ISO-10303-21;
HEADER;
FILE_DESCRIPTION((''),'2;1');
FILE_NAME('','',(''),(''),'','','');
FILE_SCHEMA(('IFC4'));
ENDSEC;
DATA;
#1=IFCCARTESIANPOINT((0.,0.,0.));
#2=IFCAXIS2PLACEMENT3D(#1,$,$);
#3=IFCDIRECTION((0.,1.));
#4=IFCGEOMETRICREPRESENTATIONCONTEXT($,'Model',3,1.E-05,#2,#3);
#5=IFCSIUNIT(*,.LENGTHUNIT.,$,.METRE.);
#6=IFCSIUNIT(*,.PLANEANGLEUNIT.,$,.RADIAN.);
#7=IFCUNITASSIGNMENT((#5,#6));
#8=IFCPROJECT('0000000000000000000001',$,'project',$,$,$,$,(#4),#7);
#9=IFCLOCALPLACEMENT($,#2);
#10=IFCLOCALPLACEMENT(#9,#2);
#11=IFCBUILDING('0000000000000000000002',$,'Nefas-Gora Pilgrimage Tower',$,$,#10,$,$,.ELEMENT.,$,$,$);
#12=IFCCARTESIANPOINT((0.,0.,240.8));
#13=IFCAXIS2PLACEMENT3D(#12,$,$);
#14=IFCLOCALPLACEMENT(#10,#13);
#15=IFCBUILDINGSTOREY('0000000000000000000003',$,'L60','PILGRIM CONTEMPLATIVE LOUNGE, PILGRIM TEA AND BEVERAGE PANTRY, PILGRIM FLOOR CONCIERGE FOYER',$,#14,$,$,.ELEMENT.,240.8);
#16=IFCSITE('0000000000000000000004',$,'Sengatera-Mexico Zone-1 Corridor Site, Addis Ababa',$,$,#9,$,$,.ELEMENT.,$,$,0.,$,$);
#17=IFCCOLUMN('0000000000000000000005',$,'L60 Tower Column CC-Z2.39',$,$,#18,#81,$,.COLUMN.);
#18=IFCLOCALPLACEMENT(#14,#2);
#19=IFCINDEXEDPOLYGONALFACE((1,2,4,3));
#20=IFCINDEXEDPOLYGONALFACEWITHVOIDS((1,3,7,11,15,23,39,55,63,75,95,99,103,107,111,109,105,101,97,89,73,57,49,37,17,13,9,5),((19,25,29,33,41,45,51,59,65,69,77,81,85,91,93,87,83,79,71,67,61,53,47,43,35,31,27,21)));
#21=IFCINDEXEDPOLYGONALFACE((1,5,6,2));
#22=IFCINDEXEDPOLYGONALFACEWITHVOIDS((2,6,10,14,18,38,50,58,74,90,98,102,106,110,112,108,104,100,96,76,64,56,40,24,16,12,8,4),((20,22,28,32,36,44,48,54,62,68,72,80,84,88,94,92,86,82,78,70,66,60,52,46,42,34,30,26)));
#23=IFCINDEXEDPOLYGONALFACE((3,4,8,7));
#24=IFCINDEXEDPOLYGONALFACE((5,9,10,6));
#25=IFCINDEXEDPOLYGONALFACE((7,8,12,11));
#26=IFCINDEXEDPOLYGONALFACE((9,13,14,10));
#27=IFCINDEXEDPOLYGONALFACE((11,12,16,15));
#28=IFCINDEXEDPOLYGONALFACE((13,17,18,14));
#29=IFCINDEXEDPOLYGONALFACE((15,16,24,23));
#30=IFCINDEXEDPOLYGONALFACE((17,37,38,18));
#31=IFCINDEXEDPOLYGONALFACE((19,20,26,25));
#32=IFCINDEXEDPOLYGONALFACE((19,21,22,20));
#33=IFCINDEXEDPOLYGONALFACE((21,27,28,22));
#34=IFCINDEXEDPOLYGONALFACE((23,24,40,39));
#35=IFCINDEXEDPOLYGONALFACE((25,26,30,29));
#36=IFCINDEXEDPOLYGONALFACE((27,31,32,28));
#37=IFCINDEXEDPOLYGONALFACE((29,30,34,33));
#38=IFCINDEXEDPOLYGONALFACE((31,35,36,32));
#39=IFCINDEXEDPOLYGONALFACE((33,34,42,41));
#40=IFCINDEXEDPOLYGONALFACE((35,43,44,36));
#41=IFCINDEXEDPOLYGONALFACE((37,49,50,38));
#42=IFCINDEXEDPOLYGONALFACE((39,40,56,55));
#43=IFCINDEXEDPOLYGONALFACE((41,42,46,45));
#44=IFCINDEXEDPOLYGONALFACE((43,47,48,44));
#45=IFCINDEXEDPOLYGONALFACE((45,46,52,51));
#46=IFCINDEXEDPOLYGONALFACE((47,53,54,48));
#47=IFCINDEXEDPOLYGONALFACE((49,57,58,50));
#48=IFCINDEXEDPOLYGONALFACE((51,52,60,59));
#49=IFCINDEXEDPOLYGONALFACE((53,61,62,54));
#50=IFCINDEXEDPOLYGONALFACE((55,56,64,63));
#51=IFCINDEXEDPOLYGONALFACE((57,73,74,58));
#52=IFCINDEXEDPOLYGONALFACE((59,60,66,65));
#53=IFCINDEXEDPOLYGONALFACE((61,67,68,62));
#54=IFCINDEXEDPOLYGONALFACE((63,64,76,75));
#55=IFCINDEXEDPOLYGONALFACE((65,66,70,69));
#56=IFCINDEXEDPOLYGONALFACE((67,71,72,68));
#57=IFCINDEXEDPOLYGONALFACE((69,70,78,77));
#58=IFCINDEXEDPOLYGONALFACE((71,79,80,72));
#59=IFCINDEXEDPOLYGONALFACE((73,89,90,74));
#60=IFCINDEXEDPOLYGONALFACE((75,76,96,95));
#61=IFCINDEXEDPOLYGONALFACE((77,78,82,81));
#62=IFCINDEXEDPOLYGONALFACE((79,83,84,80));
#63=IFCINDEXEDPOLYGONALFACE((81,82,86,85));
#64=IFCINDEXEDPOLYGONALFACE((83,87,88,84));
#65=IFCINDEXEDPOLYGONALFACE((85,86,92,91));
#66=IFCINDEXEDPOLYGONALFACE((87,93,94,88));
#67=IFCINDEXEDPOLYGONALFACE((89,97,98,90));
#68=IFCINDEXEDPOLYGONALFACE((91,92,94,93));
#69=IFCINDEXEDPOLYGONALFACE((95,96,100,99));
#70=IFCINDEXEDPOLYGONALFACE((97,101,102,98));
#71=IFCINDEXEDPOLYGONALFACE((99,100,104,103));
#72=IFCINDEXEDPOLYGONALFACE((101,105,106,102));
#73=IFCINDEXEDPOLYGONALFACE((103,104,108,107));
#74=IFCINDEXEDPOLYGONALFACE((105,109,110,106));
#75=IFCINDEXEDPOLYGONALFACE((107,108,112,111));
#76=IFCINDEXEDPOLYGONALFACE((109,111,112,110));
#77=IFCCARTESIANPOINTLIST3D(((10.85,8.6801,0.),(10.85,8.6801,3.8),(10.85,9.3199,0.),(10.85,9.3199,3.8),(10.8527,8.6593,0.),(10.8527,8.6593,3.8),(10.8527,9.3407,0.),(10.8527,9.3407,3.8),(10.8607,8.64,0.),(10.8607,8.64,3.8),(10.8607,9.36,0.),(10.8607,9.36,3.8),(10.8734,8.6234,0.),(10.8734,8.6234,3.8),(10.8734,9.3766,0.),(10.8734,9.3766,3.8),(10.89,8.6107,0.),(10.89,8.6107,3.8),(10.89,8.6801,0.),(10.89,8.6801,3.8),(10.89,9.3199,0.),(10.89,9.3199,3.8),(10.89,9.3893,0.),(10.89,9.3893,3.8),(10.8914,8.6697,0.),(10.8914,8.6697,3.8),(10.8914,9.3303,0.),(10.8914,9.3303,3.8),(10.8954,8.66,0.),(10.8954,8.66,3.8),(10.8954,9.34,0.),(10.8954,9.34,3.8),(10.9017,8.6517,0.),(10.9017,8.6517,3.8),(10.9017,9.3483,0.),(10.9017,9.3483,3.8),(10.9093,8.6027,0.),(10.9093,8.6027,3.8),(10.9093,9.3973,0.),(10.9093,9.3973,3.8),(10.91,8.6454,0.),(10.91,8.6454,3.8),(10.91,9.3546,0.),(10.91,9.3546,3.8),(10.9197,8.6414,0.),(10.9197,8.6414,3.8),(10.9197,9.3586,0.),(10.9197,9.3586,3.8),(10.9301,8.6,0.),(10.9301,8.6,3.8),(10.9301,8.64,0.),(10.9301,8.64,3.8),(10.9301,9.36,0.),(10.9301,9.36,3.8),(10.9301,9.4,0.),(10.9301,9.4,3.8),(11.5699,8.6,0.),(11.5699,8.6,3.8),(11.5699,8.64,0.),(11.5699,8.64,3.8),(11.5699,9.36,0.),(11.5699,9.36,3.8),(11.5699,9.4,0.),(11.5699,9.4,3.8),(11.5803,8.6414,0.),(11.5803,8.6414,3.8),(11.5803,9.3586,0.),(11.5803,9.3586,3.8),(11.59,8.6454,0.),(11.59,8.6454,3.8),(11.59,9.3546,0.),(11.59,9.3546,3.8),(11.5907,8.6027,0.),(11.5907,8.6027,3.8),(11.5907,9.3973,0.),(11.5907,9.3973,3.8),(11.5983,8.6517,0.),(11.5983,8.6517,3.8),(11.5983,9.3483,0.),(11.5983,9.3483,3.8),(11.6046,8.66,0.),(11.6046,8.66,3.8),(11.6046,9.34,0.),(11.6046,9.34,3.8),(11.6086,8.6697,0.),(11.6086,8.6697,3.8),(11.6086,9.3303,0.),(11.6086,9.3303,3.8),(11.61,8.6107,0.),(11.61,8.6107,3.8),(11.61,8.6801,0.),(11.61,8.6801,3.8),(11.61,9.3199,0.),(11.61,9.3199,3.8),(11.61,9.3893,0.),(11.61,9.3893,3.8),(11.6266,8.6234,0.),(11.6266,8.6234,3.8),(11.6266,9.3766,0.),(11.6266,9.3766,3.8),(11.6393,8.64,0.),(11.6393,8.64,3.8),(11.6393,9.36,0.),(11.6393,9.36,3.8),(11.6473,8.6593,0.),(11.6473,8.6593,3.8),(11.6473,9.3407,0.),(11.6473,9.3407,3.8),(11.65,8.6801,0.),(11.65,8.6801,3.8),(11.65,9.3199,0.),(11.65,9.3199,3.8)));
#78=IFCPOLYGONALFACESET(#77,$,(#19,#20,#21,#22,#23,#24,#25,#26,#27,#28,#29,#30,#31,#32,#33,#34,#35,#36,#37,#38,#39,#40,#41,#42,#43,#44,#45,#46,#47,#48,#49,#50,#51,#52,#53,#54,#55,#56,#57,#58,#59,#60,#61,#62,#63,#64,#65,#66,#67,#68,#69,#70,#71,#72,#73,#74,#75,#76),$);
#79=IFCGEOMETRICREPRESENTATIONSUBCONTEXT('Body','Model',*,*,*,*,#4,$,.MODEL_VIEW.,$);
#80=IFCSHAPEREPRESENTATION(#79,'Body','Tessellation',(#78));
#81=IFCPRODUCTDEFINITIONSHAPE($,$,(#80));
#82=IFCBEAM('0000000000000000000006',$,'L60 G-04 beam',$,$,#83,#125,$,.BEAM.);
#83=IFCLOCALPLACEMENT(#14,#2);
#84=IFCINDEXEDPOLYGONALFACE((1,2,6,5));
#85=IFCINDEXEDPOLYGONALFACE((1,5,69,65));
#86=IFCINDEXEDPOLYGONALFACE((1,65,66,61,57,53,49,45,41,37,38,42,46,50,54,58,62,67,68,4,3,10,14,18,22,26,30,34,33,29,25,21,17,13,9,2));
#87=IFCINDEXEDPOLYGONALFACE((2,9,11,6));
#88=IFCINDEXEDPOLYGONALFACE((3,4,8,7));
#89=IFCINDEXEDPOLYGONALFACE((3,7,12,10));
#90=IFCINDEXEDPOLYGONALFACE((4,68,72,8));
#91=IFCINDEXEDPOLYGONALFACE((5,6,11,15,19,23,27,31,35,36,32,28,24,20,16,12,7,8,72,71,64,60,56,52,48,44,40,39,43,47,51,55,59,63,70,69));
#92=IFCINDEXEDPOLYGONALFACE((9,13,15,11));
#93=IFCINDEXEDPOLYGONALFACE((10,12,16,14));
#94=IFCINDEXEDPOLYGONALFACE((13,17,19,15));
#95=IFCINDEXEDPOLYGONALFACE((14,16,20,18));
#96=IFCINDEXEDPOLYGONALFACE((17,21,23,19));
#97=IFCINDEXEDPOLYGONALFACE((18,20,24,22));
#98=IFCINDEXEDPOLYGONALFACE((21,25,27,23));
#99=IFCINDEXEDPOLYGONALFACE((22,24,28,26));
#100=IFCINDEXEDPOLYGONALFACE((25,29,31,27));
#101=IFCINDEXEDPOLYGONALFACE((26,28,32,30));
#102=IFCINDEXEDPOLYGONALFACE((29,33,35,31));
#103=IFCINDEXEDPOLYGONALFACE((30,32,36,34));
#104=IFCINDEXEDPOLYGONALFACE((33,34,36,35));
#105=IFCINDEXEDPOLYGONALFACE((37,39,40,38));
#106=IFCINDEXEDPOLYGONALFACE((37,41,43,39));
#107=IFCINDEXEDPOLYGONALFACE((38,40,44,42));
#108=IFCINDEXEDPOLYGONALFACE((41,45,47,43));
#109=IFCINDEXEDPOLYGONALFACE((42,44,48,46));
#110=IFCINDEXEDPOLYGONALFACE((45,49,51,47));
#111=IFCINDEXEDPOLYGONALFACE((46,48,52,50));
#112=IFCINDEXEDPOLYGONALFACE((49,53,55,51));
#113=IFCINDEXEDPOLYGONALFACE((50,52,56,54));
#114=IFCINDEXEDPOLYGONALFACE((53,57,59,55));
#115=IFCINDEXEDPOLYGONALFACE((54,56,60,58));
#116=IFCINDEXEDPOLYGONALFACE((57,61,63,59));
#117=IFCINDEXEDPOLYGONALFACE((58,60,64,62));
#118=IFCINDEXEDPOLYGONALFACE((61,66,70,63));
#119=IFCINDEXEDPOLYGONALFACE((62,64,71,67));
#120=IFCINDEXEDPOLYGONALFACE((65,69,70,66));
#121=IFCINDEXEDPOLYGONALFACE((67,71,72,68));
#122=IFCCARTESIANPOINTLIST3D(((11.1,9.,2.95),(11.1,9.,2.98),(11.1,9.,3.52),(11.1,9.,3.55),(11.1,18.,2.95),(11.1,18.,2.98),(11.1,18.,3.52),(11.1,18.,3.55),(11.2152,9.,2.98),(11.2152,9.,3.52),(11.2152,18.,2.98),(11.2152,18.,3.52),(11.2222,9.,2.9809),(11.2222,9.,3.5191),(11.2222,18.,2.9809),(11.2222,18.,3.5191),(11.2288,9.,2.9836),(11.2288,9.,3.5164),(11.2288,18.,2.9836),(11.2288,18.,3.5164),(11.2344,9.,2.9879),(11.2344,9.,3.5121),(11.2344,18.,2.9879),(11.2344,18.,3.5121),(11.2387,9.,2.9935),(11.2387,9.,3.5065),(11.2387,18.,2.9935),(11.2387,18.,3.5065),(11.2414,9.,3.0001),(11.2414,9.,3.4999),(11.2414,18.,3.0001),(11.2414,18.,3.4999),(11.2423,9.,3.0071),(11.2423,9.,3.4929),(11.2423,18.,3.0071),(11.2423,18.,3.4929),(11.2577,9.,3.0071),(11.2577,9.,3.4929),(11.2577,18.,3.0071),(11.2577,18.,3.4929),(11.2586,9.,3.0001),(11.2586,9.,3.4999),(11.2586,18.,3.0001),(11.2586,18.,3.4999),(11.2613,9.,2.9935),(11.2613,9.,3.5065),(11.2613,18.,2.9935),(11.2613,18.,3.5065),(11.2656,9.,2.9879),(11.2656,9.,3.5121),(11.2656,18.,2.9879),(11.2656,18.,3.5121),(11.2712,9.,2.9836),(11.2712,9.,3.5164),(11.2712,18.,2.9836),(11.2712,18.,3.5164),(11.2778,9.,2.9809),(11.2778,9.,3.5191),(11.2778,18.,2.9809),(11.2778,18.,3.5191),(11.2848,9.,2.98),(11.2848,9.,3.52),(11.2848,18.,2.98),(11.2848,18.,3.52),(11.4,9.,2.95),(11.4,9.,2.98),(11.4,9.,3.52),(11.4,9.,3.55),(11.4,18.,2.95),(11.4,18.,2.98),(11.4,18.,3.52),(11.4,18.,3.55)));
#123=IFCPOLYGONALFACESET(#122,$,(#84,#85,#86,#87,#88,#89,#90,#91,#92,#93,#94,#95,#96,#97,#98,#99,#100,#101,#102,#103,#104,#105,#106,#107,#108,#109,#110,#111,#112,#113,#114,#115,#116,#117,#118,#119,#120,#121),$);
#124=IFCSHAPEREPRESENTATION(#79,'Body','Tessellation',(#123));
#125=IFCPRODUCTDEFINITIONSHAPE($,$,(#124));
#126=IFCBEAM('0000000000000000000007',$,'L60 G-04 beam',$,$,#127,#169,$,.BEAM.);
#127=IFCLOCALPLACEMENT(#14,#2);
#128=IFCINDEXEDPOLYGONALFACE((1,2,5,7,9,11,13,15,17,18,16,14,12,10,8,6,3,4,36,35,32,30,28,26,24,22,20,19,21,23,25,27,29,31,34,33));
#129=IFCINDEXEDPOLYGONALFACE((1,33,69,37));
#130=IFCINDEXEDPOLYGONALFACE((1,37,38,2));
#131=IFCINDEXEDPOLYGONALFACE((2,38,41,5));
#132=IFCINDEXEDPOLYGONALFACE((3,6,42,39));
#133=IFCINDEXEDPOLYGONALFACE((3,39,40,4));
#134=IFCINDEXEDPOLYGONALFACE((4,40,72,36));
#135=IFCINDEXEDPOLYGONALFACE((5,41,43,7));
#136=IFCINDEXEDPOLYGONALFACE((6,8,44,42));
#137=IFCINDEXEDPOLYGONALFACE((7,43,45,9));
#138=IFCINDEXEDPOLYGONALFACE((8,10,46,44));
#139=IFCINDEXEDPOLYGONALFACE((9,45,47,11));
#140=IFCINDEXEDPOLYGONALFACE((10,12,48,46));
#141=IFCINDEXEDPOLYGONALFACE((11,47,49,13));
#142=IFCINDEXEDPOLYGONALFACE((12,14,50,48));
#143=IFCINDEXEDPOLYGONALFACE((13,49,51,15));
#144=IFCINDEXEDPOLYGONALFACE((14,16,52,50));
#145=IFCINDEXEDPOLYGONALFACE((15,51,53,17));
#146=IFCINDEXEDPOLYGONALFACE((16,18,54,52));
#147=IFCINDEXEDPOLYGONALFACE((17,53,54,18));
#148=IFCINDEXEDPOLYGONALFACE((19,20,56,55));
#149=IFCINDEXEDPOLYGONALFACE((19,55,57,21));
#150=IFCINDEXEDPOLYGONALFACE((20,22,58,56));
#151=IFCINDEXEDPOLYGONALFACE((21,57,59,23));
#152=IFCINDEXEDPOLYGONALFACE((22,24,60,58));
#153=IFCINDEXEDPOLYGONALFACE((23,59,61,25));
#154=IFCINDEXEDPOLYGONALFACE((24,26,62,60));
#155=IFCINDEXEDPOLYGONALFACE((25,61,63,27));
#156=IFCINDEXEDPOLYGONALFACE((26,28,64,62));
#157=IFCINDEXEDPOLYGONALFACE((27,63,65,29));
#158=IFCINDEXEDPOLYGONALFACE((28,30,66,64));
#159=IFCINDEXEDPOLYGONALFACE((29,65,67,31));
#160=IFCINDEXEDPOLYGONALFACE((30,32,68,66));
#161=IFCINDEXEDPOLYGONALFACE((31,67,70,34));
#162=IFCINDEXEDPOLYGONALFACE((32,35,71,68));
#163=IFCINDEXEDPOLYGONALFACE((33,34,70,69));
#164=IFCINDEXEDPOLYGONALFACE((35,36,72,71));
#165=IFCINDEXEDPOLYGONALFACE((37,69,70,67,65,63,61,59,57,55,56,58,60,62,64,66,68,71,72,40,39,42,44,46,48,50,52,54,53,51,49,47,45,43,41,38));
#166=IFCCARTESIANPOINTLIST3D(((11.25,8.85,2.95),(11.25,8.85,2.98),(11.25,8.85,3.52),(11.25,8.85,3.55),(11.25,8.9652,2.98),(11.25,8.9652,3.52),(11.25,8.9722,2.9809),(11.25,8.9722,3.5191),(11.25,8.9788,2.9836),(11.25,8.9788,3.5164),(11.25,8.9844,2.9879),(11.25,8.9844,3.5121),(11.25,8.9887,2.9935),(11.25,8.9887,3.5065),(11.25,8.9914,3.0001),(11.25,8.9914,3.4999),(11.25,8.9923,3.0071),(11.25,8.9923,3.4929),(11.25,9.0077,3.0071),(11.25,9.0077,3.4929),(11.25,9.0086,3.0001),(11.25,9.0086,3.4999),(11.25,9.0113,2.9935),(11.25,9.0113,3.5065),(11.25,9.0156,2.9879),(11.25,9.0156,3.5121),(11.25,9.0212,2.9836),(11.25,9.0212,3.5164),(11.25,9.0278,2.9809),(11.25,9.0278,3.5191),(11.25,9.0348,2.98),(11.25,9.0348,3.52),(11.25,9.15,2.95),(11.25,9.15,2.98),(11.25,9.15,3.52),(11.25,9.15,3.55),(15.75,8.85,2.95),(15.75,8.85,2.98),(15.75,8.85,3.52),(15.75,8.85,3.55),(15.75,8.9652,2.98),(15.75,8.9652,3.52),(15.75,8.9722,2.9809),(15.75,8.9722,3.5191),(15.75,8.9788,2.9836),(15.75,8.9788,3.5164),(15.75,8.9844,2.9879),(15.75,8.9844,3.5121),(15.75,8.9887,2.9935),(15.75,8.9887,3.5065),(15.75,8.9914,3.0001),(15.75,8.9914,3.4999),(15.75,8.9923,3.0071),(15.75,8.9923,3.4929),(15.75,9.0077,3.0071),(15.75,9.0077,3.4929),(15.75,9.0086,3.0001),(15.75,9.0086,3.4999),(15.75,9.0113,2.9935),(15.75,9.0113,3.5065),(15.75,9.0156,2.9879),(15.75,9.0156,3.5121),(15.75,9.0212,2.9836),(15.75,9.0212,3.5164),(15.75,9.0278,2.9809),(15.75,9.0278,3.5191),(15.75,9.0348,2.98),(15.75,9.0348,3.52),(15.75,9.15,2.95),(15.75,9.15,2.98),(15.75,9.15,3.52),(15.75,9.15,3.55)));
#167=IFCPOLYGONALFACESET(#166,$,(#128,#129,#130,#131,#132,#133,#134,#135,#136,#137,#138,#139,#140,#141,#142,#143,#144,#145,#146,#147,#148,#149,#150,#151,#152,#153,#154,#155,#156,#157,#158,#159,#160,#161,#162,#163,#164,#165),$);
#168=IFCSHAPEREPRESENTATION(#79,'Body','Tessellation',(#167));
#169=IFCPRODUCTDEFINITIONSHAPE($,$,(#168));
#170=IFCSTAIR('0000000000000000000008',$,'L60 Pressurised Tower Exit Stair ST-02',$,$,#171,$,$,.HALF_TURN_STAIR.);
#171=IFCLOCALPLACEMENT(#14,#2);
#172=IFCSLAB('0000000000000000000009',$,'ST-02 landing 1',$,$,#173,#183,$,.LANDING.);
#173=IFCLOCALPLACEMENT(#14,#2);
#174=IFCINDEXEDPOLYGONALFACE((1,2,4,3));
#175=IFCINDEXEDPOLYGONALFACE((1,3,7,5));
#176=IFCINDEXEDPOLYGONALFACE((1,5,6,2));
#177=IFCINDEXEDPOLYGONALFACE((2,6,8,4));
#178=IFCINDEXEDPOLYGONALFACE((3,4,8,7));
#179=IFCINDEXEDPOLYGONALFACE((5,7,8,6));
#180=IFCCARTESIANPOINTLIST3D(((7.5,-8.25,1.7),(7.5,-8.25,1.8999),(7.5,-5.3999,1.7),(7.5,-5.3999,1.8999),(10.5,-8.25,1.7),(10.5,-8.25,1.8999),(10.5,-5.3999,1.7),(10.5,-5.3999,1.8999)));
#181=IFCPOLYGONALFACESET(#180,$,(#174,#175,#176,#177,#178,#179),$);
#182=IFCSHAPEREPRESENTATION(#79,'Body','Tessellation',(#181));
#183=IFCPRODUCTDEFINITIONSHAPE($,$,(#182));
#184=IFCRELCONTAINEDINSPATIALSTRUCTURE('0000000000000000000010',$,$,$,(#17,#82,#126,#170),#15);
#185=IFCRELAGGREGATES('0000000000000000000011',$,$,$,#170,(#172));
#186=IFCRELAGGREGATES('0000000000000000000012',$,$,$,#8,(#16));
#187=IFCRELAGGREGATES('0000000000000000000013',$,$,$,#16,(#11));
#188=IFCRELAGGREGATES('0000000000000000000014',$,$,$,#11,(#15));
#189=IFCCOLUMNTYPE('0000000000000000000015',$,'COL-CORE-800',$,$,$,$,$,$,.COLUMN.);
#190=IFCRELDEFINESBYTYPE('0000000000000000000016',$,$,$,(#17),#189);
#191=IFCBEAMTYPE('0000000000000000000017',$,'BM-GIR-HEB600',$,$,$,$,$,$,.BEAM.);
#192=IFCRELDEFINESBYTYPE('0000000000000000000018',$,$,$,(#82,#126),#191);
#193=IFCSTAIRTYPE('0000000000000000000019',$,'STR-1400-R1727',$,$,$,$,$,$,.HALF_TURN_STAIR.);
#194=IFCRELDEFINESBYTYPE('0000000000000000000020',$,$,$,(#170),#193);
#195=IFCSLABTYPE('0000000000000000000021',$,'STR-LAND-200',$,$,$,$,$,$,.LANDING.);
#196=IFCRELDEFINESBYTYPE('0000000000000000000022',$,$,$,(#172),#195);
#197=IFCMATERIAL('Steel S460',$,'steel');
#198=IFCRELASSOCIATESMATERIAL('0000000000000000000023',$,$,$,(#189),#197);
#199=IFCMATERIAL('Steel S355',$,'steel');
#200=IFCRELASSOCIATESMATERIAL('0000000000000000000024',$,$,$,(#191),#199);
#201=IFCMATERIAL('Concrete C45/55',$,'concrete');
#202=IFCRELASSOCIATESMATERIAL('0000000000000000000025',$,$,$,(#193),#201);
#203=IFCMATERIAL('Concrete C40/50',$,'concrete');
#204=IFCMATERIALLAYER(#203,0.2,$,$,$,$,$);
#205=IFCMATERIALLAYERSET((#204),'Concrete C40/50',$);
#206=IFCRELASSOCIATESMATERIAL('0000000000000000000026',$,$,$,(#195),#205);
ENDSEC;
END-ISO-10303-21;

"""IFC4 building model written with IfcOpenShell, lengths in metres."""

from ifc_helpers import new_model, si_unit, direction, frame, origin, origin_2d, place, context, subcontext, project, spatial, polyline, hollow_rectangle, i_section, outline, extrude, source, transform, mapped, material, layer, layer_set, material_profile, profile_set, type_object, element, aggregate, save


model = new_model("IFC4")

# Units and contexts
model_context = context("Model", 3, precision=1e-05, world=origin(), true_north=direction((0.0, 1.0)))
body_context = subcontext(model_context, "Body", "Model", "MODEL_VIEW")
ifc_project = project(units=[si_unit("LENGTHUNIT", "METRE"), si_unit("PLANEANGLEUNIT", "RADIAN")], contexts=[model_context])

# Site, building, storey
site_placement = place(None, origin())
site = spatial("IfcSite", under=ifc_project, at=site_placement, Name="Sengatera-Mexico Zone-1 Corridor Site, Addis Ababa", CompositionType="ELEMENT", RefElevation=0.0)
building_placement = place(site_placement, origin())
building = spatial("IfcBuilding", under=site, at=building_placement, Name="Nefas-Gora Pilgrimage Tower", CompositionType="ELEMENT")
storey_placement = place(building_placement, frame((0.0, 0.0, 240.8)))
storey = spatial("IfcBuildingStorey", under=building, at=storey_placement, Name="L60", Description="PILGRIM CONTEMPLATIVE LOUNGE, PILGRIM TEA AND BEVERAGE PANTRY, PILGRIM FLOOR CONCIERGE FOYER", CompositionType="ELEMENT", Elevation=240.8)

# Column
ifc_material_1 = material(Name="Steel S460", Category="steel")
ifc_material_profile_1 = material_profile(ifc_material_1, hollow_rectangle(XDim=0.8, YDim=0.8, WallThickness=0.04, InnerFilletRadius=0.04, OuterFilletRadius=0.0801, at=origin_2d()), Name="BOX 800x800x40")
ifc_profile_set_1 = profile_set([ifc_material_profile_1], Name="Steel S460")
column_type = type_object("IfcColumnType", Name="COL-CORE-800", PredefinedType="COLUMN", material=ifc_profile_set_1)
shared_shape_1 = source(origin(), body_context, "Body", "SweptSolid", [
    extrude(hollow_rectangle(XDim=0.8, YDim=0.8, WallThickness=0.04, InnerFilletRadius=0.04, OuterFilletRadius=0.0801, at=origin_2d()), origin(), (0.0, 0.0, 1.0), 3.8),
])
column_placement = place(storey_placement, frame((11.25, 9.0, 0.0), z_axis=(0.0, 0.0, 1.0), x_axis=(1.0, 0.0, 0.0)))
element("IfcColumn", 1, at=column_placement, inside=storey, type_object=column_type, Name="L60 Tower Column CC-Z2.39", PredefinedType="COLUMN", context=body_context, shape_type="MappedRepresentation", body=[
    mapped(shared_shape_1, transform((0.0, 0.0, 0.0), x_axis=(1.0, 0.0, 0.0), y_axis=(0.0, 1.0, 0.0), z_axis=(0.0, 0.0, 1.0), scale=1.0)),
])

# Beams
ifc_material_2 = material(Name="Steel S355", Category="steel")
ifc_material_profile_2 = material_profile(ifc_material_2, i_section(OverallWidth=0.3, OverallDepth=0.6001, WebThickness=0.0154, FlangeThickness=0.03, FilletRadius=0.0271, at=origin_2d()), Name="HEB 600")
ifc_profile_set_2 = profile_set([ifc_material_profile_2], Name="Steel S355")
beam_type = type_object("IfcBeamType", Name="BM-GIR-HEB600", PredefinedType="BEAM", material=ifc_profile_set_2)
shared_shape_2 = source(origin(), body_context, "Body", "SweptSolid", [
    extrude(i_section(OverallWidth=0.3, OverallDepth=0.6001, WebThickness=0.0154, FlangeThickness=0.03, FilletRadius=0.0271, at=origin_2d()), origin(), (0.0, 0.0, 1.0), 9.0),
])
beam_1_placement = place(storey_placement, frame((11.25, 9.0, 3.25), z_axis=(0.0, 1.0, 0.0), x_axis=(-1.0, 0.0, 0.0)))
element("IfcBeam", 2, at=beam_1_placement, inside=storey, type_object=beam_type, Name="L60 G-04 beam", PredefinedType="BEAM", context=body_context, shape_type="MappedRepresentation", body=[
    mapped(shared_shape_2, transform((0.0, 0.0, 0.0), x_axis=(1.0, 0.0, 0.0), y_axis=(0.0, 1.0, 0.0), z_axis=(0.0, 0.0, 1.0), scale=1.0)),
])
shared_shape_3 = source(origin(), body_context, "Body", "SweptSolid", [
    extrude(i_section(OverallWidth=0.3, OverallDepth=0.6001, WebThickness=0.0154, FlangeThickness=0.03, FilletRadius=0.0271, at=origin_2d()), origin(), (0.0, 0.0, 1.0), 4.5),
])
beam_2_placement = place(storey_placement, frame((11.25, 9.0, 3.25), z_axis=(1.0, 0.0, 0.0), x_axis=(0.0, 1.0, 0.0)))
element("IfcBeam", 3, at=beam_2_placement, inside=storey, type_object=beam_type, Name="L60 G-04 beam", PredefinedType="BEAM", context=body_context, shape_type="MappedRepresentation", body=[
    mapped(shared_shape_3, transform((0.0, 0.0, 0.0), x_axis=(1.0, 0.0, 0.0), y_axis=(0.0, 1.0, 0.0), z_axis=(0.0, 0.0, 1.0), scale=1.0)),
])

# Stair, slab
ifc_material_3 = material(Name="Concrete C45/55", Category="concrete")
stair_type = type_object("IfcStairType", Name="STR-1400-R1727", PredefinedType="HALF_TURN_STAIR", material=ifc_material_3)
stair_1_placement = place(storey_placement, origin())
stair_1 = element("IfcStair", 4, at=stair_1_placement, inside=storey, type_object=stair_type, Name="L60 Pressurised Tower Exit Stair ST-02", PredefinedType="HALF_TURN_STAIR")
ifc_material_4 = material(Name="Concrete C40/50", Category="concrete")
ifc_layer_1 = layer(ifc_material_4, 0.2)
ifc_layer_set_1 = layer_set([ifc_layer_1], Name="Concrete C40/50")
slab_type = type_object("IfcSlabType", Name="STR-LAND-200", PredefinedType="LANDING", material=ifc_layer_set_1)
slab_1_placement = place(storey_placement, frame((0.0, 0.0, 1.7)))
slab_1 = element("IfcSlab", 5, at=slab_1_placement, type_object=slab_type, Name="ST-02 landing 1", PredefinedType="LANDING", context=body_context, shape_type="SweptSolid", body=[
    extrude(outline(polyline([(7.5, -5.3999), (7.5, -8.25), (10.5, -8.25), (10.5, -5.3999), (7.5, -5.3999)])), origin(), (0.0, 0.0, 1.0), 0.2),
])
aggregate(stair_1, [slab_1])

save(model, "model.ifc")
